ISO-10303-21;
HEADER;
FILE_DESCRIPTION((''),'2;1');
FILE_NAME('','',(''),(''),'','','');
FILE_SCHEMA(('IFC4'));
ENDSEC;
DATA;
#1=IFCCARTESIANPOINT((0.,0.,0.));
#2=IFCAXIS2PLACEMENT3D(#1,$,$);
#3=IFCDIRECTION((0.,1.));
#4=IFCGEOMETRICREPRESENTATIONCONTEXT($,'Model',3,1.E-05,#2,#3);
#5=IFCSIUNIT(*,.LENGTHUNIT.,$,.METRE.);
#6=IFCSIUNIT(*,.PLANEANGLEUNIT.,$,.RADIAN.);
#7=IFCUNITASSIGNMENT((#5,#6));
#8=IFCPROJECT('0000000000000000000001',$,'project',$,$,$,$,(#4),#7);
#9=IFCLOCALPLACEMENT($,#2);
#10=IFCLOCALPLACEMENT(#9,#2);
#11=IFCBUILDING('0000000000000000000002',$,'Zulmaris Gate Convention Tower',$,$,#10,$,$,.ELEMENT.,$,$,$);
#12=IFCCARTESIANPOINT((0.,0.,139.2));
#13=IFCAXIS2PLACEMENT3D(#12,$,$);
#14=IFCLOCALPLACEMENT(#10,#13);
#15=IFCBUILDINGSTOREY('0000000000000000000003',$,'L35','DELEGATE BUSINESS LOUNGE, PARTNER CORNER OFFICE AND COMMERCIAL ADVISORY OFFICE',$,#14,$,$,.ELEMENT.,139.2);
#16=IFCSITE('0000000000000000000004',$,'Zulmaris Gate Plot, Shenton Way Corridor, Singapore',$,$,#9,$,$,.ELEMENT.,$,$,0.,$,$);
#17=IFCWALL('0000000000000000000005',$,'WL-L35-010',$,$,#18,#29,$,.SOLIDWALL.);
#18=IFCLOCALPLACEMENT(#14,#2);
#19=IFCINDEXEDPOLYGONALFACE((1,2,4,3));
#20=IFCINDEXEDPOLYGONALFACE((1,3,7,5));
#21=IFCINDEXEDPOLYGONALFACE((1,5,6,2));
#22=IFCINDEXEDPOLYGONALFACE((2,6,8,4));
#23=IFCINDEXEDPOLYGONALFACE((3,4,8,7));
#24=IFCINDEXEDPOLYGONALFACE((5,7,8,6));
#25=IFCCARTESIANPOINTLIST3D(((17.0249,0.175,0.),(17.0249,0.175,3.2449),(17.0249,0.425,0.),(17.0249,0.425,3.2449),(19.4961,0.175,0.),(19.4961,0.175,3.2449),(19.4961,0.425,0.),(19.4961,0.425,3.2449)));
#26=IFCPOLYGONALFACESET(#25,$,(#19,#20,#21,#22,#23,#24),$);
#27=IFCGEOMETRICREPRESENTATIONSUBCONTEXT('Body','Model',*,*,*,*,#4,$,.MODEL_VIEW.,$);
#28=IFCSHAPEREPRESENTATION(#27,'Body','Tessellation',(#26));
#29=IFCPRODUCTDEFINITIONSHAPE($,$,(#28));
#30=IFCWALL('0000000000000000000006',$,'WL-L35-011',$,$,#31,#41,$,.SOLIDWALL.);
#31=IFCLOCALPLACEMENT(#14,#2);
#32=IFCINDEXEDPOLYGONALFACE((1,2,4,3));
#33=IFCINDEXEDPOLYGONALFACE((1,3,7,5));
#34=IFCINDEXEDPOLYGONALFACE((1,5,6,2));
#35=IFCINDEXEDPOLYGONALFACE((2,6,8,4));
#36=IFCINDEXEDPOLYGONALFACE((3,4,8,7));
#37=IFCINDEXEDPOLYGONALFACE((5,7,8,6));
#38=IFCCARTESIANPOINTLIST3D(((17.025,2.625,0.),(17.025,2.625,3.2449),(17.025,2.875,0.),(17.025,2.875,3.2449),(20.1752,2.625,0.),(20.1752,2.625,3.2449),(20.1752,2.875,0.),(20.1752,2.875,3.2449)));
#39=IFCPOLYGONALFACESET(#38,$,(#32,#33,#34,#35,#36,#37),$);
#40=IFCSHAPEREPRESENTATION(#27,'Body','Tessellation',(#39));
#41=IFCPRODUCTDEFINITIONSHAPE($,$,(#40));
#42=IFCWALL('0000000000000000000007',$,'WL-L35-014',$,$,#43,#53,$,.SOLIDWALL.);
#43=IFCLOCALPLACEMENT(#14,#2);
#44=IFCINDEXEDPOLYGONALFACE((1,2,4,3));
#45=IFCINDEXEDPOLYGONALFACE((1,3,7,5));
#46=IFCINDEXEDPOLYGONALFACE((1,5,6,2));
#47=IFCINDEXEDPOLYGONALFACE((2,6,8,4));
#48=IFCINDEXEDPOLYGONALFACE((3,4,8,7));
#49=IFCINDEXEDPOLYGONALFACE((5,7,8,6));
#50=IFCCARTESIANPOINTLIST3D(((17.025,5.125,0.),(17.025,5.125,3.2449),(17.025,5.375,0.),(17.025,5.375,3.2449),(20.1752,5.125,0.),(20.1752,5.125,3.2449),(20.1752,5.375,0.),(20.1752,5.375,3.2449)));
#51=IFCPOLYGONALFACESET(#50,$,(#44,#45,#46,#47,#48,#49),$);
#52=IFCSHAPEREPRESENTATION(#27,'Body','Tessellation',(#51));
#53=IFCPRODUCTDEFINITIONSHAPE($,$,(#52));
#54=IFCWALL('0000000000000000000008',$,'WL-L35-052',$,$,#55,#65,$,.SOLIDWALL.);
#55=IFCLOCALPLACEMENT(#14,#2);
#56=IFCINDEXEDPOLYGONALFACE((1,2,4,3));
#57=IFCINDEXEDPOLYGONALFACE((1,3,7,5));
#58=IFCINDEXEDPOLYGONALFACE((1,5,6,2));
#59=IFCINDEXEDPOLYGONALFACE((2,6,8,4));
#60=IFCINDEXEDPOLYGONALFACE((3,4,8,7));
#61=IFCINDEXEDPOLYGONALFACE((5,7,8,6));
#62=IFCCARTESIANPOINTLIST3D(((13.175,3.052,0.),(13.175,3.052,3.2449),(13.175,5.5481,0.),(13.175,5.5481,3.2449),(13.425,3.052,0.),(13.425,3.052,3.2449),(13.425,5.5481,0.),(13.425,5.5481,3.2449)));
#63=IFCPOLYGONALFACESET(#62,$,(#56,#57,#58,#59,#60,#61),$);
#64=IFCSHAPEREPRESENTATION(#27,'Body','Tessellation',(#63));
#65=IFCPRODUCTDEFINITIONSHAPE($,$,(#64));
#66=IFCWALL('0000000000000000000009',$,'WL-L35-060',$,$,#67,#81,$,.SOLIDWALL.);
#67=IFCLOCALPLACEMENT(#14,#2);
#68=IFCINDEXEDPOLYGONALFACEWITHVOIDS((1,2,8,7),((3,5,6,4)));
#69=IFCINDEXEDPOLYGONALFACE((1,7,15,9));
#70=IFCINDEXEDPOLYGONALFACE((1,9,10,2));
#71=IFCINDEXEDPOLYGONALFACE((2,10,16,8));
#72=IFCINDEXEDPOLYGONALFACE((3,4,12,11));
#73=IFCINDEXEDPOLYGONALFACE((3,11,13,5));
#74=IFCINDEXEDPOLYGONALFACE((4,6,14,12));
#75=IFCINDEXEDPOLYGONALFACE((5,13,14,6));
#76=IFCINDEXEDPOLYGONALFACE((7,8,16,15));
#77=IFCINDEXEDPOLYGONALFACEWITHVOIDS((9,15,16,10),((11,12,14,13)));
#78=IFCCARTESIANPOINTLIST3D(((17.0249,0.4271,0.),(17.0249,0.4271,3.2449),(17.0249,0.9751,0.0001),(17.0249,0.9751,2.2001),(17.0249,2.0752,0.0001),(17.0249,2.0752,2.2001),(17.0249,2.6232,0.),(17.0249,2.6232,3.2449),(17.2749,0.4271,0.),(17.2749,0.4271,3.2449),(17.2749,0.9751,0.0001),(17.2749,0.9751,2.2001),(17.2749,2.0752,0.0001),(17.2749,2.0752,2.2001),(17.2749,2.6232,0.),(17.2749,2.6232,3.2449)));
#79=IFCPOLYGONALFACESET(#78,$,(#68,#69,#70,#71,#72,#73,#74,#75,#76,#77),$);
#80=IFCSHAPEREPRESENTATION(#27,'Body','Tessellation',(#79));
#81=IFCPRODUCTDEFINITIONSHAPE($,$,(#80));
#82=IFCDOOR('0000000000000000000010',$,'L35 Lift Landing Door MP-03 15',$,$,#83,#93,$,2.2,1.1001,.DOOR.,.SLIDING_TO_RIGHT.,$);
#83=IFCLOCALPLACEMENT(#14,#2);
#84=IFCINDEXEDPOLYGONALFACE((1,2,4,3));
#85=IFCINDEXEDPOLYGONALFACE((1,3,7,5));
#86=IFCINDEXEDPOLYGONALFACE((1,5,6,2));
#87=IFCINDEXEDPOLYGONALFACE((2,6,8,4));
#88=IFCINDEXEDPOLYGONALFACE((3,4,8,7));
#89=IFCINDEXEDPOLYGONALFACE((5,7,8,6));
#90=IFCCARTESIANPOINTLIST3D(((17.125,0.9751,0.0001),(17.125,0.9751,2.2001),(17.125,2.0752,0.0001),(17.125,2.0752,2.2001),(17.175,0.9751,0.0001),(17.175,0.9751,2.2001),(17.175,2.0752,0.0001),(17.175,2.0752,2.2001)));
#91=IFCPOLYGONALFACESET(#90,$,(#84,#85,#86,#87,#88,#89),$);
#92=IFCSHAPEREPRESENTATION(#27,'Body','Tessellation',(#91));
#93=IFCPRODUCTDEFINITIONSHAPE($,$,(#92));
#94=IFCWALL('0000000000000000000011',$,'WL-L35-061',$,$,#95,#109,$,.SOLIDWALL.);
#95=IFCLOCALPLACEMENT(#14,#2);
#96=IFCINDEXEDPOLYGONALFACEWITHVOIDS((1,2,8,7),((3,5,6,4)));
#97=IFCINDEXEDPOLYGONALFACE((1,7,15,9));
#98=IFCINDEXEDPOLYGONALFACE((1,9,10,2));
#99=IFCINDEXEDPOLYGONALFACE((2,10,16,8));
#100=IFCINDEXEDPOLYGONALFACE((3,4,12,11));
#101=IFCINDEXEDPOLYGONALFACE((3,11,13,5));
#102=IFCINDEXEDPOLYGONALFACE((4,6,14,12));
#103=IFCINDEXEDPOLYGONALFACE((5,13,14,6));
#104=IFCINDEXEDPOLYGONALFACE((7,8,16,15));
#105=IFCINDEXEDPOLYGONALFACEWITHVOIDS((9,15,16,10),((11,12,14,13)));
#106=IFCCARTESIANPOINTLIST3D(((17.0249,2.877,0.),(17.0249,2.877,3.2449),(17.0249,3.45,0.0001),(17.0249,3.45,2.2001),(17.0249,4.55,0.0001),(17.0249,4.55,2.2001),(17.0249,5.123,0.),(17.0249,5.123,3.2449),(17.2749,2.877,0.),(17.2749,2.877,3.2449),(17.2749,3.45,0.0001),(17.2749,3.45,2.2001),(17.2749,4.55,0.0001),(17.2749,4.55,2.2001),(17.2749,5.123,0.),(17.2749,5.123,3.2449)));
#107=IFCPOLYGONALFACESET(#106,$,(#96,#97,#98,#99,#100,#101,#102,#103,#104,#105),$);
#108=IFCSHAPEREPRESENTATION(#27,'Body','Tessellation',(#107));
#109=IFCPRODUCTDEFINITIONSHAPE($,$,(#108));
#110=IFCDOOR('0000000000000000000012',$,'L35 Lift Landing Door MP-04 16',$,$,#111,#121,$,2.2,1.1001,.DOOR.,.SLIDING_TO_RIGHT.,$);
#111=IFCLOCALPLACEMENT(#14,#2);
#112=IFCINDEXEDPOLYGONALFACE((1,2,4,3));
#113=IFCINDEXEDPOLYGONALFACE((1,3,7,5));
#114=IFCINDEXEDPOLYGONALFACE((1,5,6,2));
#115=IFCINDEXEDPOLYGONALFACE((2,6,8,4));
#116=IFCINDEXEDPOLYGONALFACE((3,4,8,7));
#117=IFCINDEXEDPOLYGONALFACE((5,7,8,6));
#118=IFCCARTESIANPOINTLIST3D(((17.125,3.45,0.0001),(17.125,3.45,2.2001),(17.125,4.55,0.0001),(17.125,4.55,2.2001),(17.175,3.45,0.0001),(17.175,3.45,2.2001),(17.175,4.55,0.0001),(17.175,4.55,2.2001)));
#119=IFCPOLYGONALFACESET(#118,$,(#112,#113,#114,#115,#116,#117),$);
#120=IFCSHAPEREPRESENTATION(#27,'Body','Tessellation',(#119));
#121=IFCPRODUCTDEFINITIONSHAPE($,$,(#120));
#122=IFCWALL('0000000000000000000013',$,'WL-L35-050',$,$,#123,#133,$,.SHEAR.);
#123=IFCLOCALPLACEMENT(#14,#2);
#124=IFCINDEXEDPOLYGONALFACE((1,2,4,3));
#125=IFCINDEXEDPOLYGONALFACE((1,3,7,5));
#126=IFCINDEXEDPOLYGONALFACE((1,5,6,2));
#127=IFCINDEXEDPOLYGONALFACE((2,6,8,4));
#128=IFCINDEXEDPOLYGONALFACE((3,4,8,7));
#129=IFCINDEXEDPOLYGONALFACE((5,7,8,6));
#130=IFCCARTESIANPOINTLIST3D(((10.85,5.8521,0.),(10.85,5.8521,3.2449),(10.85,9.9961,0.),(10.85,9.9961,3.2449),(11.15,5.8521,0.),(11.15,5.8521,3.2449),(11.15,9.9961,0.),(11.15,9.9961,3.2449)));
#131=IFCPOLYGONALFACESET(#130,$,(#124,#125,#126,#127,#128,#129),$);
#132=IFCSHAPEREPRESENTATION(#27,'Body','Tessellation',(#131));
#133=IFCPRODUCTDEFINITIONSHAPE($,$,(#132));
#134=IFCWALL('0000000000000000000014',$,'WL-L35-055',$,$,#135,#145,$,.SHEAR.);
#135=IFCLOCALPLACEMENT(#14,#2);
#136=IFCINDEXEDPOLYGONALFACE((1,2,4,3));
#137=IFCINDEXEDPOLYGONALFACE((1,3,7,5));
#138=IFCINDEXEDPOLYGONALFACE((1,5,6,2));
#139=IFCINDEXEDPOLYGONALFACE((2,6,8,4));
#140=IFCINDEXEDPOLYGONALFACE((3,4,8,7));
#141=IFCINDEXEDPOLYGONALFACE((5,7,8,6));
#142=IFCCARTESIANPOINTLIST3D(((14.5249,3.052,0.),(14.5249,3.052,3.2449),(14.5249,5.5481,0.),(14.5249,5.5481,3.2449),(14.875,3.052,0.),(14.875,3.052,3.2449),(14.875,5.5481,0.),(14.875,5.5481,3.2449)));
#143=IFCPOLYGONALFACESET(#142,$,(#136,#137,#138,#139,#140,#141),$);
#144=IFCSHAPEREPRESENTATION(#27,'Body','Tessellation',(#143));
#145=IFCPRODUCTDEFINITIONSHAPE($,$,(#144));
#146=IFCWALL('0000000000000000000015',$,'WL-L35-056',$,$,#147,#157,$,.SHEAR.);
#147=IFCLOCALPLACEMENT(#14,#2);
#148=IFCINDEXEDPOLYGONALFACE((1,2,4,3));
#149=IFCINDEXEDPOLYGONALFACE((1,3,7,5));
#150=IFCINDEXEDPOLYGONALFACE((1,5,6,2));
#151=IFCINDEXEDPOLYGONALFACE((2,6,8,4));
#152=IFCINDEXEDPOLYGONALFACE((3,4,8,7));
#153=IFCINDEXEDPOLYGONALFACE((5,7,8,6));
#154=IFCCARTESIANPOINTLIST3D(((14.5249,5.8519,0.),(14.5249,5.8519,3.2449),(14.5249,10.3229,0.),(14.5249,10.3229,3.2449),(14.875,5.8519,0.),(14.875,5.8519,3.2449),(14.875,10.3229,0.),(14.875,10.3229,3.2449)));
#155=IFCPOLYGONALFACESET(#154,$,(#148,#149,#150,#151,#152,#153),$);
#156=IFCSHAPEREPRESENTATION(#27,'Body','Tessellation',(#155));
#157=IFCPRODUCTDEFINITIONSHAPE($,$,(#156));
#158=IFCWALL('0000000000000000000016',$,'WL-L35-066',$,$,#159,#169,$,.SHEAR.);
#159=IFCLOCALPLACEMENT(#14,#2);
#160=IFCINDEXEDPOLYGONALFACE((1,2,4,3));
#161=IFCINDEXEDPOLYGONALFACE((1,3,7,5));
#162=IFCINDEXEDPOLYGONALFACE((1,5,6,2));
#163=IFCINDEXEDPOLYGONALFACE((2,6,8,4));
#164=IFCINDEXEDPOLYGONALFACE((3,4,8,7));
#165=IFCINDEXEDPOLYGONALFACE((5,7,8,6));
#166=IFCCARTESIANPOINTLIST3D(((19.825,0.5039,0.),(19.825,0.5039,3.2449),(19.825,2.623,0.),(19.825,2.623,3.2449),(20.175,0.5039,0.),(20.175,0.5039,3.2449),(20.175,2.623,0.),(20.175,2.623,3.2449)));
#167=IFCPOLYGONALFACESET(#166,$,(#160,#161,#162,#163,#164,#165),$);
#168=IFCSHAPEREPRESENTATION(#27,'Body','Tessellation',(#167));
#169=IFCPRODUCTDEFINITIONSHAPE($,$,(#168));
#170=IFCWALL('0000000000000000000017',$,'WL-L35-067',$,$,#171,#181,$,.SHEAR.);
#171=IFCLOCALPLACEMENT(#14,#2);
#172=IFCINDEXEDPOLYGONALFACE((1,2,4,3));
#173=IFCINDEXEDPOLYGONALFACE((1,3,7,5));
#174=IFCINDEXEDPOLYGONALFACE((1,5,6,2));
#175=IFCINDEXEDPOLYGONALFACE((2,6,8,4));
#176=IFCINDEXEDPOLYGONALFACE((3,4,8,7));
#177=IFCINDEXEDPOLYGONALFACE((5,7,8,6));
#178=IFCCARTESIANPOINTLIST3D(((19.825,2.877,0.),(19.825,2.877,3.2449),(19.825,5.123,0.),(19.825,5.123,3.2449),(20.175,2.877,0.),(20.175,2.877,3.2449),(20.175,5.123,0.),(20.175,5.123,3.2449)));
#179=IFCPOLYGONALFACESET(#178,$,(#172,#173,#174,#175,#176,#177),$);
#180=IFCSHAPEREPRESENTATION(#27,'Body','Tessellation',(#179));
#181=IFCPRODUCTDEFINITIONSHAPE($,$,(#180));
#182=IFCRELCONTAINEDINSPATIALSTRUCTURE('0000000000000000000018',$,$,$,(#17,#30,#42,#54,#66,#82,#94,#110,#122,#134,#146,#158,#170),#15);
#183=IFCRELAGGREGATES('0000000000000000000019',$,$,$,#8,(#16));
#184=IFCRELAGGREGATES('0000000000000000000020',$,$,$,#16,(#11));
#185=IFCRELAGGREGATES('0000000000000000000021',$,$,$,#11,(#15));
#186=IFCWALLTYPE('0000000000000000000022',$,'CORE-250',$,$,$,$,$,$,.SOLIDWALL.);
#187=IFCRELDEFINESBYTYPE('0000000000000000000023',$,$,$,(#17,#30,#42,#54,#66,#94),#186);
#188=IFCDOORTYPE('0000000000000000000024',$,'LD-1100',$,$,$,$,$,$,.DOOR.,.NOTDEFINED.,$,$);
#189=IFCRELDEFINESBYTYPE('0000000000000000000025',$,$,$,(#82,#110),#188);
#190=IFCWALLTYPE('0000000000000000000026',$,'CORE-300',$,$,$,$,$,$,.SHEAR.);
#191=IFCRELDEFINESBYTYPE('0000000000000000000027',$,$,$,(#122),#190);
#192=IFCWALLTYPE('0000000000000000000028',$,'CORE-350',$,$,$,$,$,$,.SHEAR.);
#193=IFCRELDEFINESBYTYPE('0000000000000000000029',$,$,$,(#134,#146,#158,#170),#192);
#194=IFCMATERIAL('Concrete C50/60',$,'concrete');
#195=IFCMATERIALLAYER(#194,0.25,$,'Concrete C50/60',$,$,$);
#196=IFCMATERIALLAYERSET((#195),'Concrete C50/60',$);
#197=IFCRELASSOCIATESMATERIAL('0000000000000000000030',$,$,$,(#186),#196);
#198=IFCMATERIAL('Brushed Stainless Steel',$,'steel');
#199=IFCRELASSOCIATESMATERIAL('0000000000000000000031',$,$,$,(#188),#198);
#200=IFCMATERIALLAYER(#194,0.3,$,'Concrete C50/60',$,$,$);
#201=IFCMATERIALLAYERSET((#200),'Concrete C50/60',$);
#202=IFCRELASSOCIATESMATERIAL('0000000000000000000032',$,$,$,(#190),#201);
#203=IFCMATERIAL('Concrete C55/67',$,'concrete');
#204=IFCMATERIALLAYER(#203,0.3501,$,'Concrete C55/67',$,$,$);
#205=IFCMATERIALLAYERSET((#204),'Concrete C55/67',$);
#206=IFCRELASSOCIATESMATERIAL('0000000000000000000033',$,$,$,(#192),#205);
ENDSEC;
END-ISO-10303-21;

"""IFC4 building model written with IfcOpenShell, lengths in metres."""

from ifc_helpers import new_model, si_unit, direction, frame, frame_2d, origin, place, context, subcontext, project, spatial, rectangle, extrude, material, layer, layer_set, type_object, element, fill, save


model = new_model("IFC4")

# Units and contexts
model_context = context("Model", 3, precision=1e-05, world=origin(), true_north=direction((0.0, 1.0)))
body_context = subcontext(model_context, "Body", "Model", "MODEL_VIEW")
ifc_project = project(units=[si_unit("LENGTHUNIT", "METRE"), si_unit("PLANEANGLEUNIT", "RADIAN")], contexts=[model_context])

# Site, building, storey
site_placement = place(None, origin())
site = spatial("IfcSite", under=ifc_project, at=site_placement, Name="Zulmaris Gate Plot, Shenton Way Corridor, Singapore", CompositionType="ELEMENT", RefElevation=0.0)
building_placement = place(site_placement, origin())
building = spatial("IfcBuilding", under=site, at=building_placement, Name="Zulmaris Gate Convention Tower", CompositionType="ELEMENT")
storey_placement = place(building_placement, frame((0.0, 0.0, 139.2)))
storey = spatial("IfcBuildingStorey", under=building, at=storey_placement, Name="L35", Description="DELEGATE BUSINESS LOUNGE, PARTNER CORNER OFFICE AND COMMERCIAL ADVISORY OFFICE", CompositionType="ELEMENT", Elevation=139.2)

# Walls
ifc_material_1 = material(Name="Concrete C50/60", Category="concrete")
ifc_layer_1 = layer(ifc_material_1, 0.25, Name="Concrete C50/60")
ifc_layer_set_1 = layer_set([ifc_layer_1], Name="Concrete C50/60")
wall_type_1 = type_object("IfcWallType", Name="CORE-250", PredefinedType="SOLIDWALL", material=ifc_layer_set_1)
wall_1_placement = place(storey_placement, frame((17.0249, 0.3, 0.0), z_axis=(0.0, 0.0, 1.0), x_axis=(1.0, 0.0, 0.0)))
element("IfcWall", 1, at=wall_1_placement, inside=storey, type_object=wall_type_1, Name="WL-L35-010", PredefinedType="SOLIDWALL", context=body_context, shape_type="SweptSolid", body=[
    extrude(rectangle(XDim=2.4712, YDim=0.25, at=frame_2d((1.2356, 0.0))), origin(), (0.0, 0.0, 1.0), 3.2449),
])
for number, where, z_axis, x_axis, name in (
    (2, (17.0249, 2.75, 0.0), (0.0, 0.0, 1.0), (1.0, 0.0, 0.0), "WL-L35-011"),
    (3, (17.0249, 5.25, 0.0), (0.0, 0.0, 1.0), (1.0, 0.0, 0.0), "WL-L35-014"),
):
    element("IfcWall", number, at=place(storey_placement, frame(where, z_axis=z_axis, x_axis=x_axis)), inside=storey, type_object=wall_type_1, Name=name, PredefinedType="SOLIDWALL", context=body_context, shape_type="SweptSolid", body=[
        extrude(rectangle(XDim=3.1501, YDim=0.25, at=frame_2d((1.5752, 0.0))), origin(), (0.0, 0.0, 1.0), 3.2449),
    ])
wall_2_placement = place(storey_placement, frame((13.3, 3.052, 0.0), z_axis=(0.0, 0.0, 1.0), x_axis=(0.0, 1.0, 0.0)))
element("IfcWall", 4, at=wall_2_placement, inside=storey, type_object=wall_type_1, Name="WL-L35-052", PredefinedType="SOLIDWALL", context=body_context, shape_type="SweptSolid", body=[
    extrude(rectangle(XDim=2.4961, YDim=0.25, at=frame_2d((1.248, 0.0))), origin(), (0.0, 0.0, 1.0), 3.2449),
])

# Walls, openings, doors
wall_3_placement = place(storey_placement, frame((17.1499, 0.427, 0.0), z_axis=(0.0, 0.0, 1.0), x_axis=(0.0, 1.0, 0.0)))
wall_3 = element("IfcWall", 5, at=wall_3_placement, inside=storey, type_object=wall_type_1, Name="WL-L35-060", PredefinedType="SOLIDWALL", context=body_context, shape_type="SweptSolid", body=[
    extrude(rectangle(XDim=2.196, YDim=0.25, at=frame_2d((1.0981, 0.0))), origin(), (0.0, 0.0, 1.0), 3.2449),
])
opening_1_placement = place(wall_3_placement, frame((0.5481, 0.0, 0.0)))
opening_1 = element("IfcOpeningElement", 6, at=opening_1_placement, cuts=wall_3, PredefinedType="OPENING", context=body_context, shape_type="SweptSolid", body=[
    extrude(rectangle(XDim=1.1001, YDim=2.2, at=frame_2d((0.55, 1.1001))), frame((0.0, 0.135, 0.0), z_axis=(0.0, -1.0, 0.0), x_axis=(1.0, 0.0, 0.0)), (0.0, 0.0, 1.0), 0.27),
])
ifc_material_2 = material(Name="Brushed Stainless Steel", Category="steel")
door_type_1 = type_object("IfcDoorType", Name="LD-1100", OperationType="NOTDEFINED", PredefinedType="DOOR", material=ifc_material_2)
door_1_placement = place(opening_1_placement, origin())
door_1 = element("IfcDoor", 7, at=door_1_placement, inside=storey, type_object=door_type_1, Name="L35 Lift Landing Door MP-03 15", OperationType="SLIDING_TO_RIGHT", OverallHeight=2.2, OverallWidth=1.1001, PredefinedType="DOOR", context=body_context, shape_type="SweptSolid", body=[
    extrude(rectangle(XDim=1.1001, YDim=2.2, at=frame_2d((0.55, 1.1001))), frame((0.0, 0.0249, 0.0), z_axis=(0.0, -1.0, 0.0), x_axis=(1.0, 0.0, 0.0)), (0.0, 0.0, 1.0), 0.05),
])
fill(opening_1, door_1)
wall_4_placement = place(storey_placement, frame((17.1499, 2.877, 0.0), z_axis=(0.0, 0.0, 1.0), x_axis=(0.0, 1.0, 0.0)))
wall_4 = element("IfcWall", 8, at=wall_4_placement, inside=storey, type_object=wall_type_1, Name="WL-L35-061", PredefinedType="SOLIDWALL", context=body_context, shape_type="SweptSolid", body=[
    extrude(rectangle(XDim=2.2461, YDim=0.25, at=frame_2d((1.123, 0.0))), origin(), (0.0, 0.0, 1.0), 3.2449),
])
opening_2_placement = place(wall_4_placement, frame((0.573, 0.0, 0.0)))
opening_2 = element("IfcOpeningElement", 9, at=opening_2_placement, cuts=wall_4, PredefinedType="OPENING", context=body_context, shape_type="SweptSolid", body=[
    extrude(rectangle(XDim=1.1001, YDim=2.2, at=frame_2d((0.55, 1.1001))), frame((0.0, 0.135, 0.0), z_axis=(0.0, -1.0, 0.0), x_axis=(1.0, 0.0, 0.0)), (0.0, 0.0, 1.0), 0.27),
])
door_2_placement = place(opening_2_placement, origin())
door_2 = element("IfcDoor", 10, at=door_2_placement, inside=storey, type_object=door_type_1, Name="L35 Lift Landing Door MP-04 16", OperationType="SLIDING_TO_RIGHT", OverallHeight=2.2, OverallWidth=1.1001, PredefinedType="DOOR", context=body_context, shape_type="SweptSolid", body=[
    extrude(rectangle(XDim=1.1001, YDim=2.2, at=frame_2d((0.55, 1.1001))), frame((0.0, 0.0249, 0.0), z_axis=(0.0, -1.0, 0.0), x_axis=(1.0, 0.0, 0.0)), (0.0, 0.0, 1.0), 0.05),
])
fill(opening_2, door_2)

# Walls
ifc_layer_2 = layer(ifc_material_1, 0.3, Name="Concrete C50/60")
ifc_layer_set_2 = layer_set([ifc_layer_2], Name="Concrete C50/60")
wall_type_2 = type_object("IfcWallType", Name="CORE-300", PredefinedType="SHEAR", material=ifc_layer_set_2)
wall_5_placement = place(storey_placement, frame((11.0, 5.8521, 0.0), z_axis=(0.0, 0.0, 1.0), x_axis=(0.0, 1.0, 0.0)))
element("IfcWall", 11, at=wall_5_placement, inside=storey, type_object=wall_type_2, Name="WL-L35-050", PredefinedType="SHEAR", context=body_context, shape_type="SweptSolid", body=[
    extrude(rectangle(XDim=4.144, YDim=0.3, at=frame_2d((2.072, 0.0))), origin(), (0.0, 0.0, 1.0), 3.2449),
])
ifc_material_3 = material(Name="Concrete C55/67", Category="concrete")
ifc_layer_3 = layer(ifc_material_3, 0.3501, Name="Concrete C55/67")
ifc_layer_set_3 = layer_set([ifc_layer_3], Name="Concrete C55/67")
wall_type_3 = type_object("IfcWallType", Name="CORE-350", PredefinedType="SHEAR", material=ifc_layer_set_3)
wall_6_placement = place(storey_placement, frame((14.7, 3.052, 0.0), z_axis=(0.0, 0.0, 1.0), x_axis=(0.0, 1.0, 0.0)))
element("IfcWall", 12, at=wall_6_placement, inside=storey, type_object=wall_type_3, Name="WL-L35-055", PredefinedType="SHEAR", context=body_context, shape_type="SweptSolid", body=[
    extrude(rectangle(XDim=2.4961, YDim=0.3501, at=frame_2d((1.248, 0.0))), origin(), (0.0, 0.0, 1.0), 3.2449),
])
wall_7_placement = place(storey_placement, frame((14.7, 5.8521, 0.0), z_axis=(0.0, 0.0, 1.0), x_axis=(0.0, 1.0, 0.0)))
element("IfcWall", 13, at=wall_7_placement, inside=storey, type_object=wall_type_3, Name="WL-L35-056", PredefinedType="SHEAR", context=body_context, shape_type="SweptSolid", body=[
    extrude(rectangle(XDim=4.4709, YDim=0.3501, at=frame_2d((2.2354, 0.0))), origin(), (0.0, 0.0, 1.0), 3.2449),
])
wall_8_placement = place(storey_placement, frame((20.0, 0.5039, 0.0), z_axis=(0.0, 0.0, 1.0), x_axis=(0.0, 1.0, 0.0)))
element("IfcWall", 14, at=wall_8_placement, inside=storey, type_object=wall_type_3, Name="WL-L35-066", PredefinedType="SHEAR", context=body_context, shape_type="SweptSolid", body=[
    extrude(rectangle(XDim=2.1191, YDim=0.3501, at=frame_2d((1.0596, 0.0))), origin(), (0.0, 0.0, 1.0), 3.2449),
])
wall_9_placement = place(storey_placement, frame((20.0, 2.877, 0.0), z_axis=(0.0, 0.0, 1.0), x_axis=(0.0, 1.0, 0.0)))
element("IfcWall", 15, at=wall_9_placement, inside=storey, type_object=wall_type_3, Name="WL-L35-067", PredefinedType="SHEAR", context=body_context, shape_type="SweptSolid", body=[
    extrude(rectangle(XDim=2.2461, YDim=0.3501, at=frame_2d((1.123, 0.0))), origin(), (0.0, 0.0, 1.0), 3.2449),
])

save(model, "model.ifc")
